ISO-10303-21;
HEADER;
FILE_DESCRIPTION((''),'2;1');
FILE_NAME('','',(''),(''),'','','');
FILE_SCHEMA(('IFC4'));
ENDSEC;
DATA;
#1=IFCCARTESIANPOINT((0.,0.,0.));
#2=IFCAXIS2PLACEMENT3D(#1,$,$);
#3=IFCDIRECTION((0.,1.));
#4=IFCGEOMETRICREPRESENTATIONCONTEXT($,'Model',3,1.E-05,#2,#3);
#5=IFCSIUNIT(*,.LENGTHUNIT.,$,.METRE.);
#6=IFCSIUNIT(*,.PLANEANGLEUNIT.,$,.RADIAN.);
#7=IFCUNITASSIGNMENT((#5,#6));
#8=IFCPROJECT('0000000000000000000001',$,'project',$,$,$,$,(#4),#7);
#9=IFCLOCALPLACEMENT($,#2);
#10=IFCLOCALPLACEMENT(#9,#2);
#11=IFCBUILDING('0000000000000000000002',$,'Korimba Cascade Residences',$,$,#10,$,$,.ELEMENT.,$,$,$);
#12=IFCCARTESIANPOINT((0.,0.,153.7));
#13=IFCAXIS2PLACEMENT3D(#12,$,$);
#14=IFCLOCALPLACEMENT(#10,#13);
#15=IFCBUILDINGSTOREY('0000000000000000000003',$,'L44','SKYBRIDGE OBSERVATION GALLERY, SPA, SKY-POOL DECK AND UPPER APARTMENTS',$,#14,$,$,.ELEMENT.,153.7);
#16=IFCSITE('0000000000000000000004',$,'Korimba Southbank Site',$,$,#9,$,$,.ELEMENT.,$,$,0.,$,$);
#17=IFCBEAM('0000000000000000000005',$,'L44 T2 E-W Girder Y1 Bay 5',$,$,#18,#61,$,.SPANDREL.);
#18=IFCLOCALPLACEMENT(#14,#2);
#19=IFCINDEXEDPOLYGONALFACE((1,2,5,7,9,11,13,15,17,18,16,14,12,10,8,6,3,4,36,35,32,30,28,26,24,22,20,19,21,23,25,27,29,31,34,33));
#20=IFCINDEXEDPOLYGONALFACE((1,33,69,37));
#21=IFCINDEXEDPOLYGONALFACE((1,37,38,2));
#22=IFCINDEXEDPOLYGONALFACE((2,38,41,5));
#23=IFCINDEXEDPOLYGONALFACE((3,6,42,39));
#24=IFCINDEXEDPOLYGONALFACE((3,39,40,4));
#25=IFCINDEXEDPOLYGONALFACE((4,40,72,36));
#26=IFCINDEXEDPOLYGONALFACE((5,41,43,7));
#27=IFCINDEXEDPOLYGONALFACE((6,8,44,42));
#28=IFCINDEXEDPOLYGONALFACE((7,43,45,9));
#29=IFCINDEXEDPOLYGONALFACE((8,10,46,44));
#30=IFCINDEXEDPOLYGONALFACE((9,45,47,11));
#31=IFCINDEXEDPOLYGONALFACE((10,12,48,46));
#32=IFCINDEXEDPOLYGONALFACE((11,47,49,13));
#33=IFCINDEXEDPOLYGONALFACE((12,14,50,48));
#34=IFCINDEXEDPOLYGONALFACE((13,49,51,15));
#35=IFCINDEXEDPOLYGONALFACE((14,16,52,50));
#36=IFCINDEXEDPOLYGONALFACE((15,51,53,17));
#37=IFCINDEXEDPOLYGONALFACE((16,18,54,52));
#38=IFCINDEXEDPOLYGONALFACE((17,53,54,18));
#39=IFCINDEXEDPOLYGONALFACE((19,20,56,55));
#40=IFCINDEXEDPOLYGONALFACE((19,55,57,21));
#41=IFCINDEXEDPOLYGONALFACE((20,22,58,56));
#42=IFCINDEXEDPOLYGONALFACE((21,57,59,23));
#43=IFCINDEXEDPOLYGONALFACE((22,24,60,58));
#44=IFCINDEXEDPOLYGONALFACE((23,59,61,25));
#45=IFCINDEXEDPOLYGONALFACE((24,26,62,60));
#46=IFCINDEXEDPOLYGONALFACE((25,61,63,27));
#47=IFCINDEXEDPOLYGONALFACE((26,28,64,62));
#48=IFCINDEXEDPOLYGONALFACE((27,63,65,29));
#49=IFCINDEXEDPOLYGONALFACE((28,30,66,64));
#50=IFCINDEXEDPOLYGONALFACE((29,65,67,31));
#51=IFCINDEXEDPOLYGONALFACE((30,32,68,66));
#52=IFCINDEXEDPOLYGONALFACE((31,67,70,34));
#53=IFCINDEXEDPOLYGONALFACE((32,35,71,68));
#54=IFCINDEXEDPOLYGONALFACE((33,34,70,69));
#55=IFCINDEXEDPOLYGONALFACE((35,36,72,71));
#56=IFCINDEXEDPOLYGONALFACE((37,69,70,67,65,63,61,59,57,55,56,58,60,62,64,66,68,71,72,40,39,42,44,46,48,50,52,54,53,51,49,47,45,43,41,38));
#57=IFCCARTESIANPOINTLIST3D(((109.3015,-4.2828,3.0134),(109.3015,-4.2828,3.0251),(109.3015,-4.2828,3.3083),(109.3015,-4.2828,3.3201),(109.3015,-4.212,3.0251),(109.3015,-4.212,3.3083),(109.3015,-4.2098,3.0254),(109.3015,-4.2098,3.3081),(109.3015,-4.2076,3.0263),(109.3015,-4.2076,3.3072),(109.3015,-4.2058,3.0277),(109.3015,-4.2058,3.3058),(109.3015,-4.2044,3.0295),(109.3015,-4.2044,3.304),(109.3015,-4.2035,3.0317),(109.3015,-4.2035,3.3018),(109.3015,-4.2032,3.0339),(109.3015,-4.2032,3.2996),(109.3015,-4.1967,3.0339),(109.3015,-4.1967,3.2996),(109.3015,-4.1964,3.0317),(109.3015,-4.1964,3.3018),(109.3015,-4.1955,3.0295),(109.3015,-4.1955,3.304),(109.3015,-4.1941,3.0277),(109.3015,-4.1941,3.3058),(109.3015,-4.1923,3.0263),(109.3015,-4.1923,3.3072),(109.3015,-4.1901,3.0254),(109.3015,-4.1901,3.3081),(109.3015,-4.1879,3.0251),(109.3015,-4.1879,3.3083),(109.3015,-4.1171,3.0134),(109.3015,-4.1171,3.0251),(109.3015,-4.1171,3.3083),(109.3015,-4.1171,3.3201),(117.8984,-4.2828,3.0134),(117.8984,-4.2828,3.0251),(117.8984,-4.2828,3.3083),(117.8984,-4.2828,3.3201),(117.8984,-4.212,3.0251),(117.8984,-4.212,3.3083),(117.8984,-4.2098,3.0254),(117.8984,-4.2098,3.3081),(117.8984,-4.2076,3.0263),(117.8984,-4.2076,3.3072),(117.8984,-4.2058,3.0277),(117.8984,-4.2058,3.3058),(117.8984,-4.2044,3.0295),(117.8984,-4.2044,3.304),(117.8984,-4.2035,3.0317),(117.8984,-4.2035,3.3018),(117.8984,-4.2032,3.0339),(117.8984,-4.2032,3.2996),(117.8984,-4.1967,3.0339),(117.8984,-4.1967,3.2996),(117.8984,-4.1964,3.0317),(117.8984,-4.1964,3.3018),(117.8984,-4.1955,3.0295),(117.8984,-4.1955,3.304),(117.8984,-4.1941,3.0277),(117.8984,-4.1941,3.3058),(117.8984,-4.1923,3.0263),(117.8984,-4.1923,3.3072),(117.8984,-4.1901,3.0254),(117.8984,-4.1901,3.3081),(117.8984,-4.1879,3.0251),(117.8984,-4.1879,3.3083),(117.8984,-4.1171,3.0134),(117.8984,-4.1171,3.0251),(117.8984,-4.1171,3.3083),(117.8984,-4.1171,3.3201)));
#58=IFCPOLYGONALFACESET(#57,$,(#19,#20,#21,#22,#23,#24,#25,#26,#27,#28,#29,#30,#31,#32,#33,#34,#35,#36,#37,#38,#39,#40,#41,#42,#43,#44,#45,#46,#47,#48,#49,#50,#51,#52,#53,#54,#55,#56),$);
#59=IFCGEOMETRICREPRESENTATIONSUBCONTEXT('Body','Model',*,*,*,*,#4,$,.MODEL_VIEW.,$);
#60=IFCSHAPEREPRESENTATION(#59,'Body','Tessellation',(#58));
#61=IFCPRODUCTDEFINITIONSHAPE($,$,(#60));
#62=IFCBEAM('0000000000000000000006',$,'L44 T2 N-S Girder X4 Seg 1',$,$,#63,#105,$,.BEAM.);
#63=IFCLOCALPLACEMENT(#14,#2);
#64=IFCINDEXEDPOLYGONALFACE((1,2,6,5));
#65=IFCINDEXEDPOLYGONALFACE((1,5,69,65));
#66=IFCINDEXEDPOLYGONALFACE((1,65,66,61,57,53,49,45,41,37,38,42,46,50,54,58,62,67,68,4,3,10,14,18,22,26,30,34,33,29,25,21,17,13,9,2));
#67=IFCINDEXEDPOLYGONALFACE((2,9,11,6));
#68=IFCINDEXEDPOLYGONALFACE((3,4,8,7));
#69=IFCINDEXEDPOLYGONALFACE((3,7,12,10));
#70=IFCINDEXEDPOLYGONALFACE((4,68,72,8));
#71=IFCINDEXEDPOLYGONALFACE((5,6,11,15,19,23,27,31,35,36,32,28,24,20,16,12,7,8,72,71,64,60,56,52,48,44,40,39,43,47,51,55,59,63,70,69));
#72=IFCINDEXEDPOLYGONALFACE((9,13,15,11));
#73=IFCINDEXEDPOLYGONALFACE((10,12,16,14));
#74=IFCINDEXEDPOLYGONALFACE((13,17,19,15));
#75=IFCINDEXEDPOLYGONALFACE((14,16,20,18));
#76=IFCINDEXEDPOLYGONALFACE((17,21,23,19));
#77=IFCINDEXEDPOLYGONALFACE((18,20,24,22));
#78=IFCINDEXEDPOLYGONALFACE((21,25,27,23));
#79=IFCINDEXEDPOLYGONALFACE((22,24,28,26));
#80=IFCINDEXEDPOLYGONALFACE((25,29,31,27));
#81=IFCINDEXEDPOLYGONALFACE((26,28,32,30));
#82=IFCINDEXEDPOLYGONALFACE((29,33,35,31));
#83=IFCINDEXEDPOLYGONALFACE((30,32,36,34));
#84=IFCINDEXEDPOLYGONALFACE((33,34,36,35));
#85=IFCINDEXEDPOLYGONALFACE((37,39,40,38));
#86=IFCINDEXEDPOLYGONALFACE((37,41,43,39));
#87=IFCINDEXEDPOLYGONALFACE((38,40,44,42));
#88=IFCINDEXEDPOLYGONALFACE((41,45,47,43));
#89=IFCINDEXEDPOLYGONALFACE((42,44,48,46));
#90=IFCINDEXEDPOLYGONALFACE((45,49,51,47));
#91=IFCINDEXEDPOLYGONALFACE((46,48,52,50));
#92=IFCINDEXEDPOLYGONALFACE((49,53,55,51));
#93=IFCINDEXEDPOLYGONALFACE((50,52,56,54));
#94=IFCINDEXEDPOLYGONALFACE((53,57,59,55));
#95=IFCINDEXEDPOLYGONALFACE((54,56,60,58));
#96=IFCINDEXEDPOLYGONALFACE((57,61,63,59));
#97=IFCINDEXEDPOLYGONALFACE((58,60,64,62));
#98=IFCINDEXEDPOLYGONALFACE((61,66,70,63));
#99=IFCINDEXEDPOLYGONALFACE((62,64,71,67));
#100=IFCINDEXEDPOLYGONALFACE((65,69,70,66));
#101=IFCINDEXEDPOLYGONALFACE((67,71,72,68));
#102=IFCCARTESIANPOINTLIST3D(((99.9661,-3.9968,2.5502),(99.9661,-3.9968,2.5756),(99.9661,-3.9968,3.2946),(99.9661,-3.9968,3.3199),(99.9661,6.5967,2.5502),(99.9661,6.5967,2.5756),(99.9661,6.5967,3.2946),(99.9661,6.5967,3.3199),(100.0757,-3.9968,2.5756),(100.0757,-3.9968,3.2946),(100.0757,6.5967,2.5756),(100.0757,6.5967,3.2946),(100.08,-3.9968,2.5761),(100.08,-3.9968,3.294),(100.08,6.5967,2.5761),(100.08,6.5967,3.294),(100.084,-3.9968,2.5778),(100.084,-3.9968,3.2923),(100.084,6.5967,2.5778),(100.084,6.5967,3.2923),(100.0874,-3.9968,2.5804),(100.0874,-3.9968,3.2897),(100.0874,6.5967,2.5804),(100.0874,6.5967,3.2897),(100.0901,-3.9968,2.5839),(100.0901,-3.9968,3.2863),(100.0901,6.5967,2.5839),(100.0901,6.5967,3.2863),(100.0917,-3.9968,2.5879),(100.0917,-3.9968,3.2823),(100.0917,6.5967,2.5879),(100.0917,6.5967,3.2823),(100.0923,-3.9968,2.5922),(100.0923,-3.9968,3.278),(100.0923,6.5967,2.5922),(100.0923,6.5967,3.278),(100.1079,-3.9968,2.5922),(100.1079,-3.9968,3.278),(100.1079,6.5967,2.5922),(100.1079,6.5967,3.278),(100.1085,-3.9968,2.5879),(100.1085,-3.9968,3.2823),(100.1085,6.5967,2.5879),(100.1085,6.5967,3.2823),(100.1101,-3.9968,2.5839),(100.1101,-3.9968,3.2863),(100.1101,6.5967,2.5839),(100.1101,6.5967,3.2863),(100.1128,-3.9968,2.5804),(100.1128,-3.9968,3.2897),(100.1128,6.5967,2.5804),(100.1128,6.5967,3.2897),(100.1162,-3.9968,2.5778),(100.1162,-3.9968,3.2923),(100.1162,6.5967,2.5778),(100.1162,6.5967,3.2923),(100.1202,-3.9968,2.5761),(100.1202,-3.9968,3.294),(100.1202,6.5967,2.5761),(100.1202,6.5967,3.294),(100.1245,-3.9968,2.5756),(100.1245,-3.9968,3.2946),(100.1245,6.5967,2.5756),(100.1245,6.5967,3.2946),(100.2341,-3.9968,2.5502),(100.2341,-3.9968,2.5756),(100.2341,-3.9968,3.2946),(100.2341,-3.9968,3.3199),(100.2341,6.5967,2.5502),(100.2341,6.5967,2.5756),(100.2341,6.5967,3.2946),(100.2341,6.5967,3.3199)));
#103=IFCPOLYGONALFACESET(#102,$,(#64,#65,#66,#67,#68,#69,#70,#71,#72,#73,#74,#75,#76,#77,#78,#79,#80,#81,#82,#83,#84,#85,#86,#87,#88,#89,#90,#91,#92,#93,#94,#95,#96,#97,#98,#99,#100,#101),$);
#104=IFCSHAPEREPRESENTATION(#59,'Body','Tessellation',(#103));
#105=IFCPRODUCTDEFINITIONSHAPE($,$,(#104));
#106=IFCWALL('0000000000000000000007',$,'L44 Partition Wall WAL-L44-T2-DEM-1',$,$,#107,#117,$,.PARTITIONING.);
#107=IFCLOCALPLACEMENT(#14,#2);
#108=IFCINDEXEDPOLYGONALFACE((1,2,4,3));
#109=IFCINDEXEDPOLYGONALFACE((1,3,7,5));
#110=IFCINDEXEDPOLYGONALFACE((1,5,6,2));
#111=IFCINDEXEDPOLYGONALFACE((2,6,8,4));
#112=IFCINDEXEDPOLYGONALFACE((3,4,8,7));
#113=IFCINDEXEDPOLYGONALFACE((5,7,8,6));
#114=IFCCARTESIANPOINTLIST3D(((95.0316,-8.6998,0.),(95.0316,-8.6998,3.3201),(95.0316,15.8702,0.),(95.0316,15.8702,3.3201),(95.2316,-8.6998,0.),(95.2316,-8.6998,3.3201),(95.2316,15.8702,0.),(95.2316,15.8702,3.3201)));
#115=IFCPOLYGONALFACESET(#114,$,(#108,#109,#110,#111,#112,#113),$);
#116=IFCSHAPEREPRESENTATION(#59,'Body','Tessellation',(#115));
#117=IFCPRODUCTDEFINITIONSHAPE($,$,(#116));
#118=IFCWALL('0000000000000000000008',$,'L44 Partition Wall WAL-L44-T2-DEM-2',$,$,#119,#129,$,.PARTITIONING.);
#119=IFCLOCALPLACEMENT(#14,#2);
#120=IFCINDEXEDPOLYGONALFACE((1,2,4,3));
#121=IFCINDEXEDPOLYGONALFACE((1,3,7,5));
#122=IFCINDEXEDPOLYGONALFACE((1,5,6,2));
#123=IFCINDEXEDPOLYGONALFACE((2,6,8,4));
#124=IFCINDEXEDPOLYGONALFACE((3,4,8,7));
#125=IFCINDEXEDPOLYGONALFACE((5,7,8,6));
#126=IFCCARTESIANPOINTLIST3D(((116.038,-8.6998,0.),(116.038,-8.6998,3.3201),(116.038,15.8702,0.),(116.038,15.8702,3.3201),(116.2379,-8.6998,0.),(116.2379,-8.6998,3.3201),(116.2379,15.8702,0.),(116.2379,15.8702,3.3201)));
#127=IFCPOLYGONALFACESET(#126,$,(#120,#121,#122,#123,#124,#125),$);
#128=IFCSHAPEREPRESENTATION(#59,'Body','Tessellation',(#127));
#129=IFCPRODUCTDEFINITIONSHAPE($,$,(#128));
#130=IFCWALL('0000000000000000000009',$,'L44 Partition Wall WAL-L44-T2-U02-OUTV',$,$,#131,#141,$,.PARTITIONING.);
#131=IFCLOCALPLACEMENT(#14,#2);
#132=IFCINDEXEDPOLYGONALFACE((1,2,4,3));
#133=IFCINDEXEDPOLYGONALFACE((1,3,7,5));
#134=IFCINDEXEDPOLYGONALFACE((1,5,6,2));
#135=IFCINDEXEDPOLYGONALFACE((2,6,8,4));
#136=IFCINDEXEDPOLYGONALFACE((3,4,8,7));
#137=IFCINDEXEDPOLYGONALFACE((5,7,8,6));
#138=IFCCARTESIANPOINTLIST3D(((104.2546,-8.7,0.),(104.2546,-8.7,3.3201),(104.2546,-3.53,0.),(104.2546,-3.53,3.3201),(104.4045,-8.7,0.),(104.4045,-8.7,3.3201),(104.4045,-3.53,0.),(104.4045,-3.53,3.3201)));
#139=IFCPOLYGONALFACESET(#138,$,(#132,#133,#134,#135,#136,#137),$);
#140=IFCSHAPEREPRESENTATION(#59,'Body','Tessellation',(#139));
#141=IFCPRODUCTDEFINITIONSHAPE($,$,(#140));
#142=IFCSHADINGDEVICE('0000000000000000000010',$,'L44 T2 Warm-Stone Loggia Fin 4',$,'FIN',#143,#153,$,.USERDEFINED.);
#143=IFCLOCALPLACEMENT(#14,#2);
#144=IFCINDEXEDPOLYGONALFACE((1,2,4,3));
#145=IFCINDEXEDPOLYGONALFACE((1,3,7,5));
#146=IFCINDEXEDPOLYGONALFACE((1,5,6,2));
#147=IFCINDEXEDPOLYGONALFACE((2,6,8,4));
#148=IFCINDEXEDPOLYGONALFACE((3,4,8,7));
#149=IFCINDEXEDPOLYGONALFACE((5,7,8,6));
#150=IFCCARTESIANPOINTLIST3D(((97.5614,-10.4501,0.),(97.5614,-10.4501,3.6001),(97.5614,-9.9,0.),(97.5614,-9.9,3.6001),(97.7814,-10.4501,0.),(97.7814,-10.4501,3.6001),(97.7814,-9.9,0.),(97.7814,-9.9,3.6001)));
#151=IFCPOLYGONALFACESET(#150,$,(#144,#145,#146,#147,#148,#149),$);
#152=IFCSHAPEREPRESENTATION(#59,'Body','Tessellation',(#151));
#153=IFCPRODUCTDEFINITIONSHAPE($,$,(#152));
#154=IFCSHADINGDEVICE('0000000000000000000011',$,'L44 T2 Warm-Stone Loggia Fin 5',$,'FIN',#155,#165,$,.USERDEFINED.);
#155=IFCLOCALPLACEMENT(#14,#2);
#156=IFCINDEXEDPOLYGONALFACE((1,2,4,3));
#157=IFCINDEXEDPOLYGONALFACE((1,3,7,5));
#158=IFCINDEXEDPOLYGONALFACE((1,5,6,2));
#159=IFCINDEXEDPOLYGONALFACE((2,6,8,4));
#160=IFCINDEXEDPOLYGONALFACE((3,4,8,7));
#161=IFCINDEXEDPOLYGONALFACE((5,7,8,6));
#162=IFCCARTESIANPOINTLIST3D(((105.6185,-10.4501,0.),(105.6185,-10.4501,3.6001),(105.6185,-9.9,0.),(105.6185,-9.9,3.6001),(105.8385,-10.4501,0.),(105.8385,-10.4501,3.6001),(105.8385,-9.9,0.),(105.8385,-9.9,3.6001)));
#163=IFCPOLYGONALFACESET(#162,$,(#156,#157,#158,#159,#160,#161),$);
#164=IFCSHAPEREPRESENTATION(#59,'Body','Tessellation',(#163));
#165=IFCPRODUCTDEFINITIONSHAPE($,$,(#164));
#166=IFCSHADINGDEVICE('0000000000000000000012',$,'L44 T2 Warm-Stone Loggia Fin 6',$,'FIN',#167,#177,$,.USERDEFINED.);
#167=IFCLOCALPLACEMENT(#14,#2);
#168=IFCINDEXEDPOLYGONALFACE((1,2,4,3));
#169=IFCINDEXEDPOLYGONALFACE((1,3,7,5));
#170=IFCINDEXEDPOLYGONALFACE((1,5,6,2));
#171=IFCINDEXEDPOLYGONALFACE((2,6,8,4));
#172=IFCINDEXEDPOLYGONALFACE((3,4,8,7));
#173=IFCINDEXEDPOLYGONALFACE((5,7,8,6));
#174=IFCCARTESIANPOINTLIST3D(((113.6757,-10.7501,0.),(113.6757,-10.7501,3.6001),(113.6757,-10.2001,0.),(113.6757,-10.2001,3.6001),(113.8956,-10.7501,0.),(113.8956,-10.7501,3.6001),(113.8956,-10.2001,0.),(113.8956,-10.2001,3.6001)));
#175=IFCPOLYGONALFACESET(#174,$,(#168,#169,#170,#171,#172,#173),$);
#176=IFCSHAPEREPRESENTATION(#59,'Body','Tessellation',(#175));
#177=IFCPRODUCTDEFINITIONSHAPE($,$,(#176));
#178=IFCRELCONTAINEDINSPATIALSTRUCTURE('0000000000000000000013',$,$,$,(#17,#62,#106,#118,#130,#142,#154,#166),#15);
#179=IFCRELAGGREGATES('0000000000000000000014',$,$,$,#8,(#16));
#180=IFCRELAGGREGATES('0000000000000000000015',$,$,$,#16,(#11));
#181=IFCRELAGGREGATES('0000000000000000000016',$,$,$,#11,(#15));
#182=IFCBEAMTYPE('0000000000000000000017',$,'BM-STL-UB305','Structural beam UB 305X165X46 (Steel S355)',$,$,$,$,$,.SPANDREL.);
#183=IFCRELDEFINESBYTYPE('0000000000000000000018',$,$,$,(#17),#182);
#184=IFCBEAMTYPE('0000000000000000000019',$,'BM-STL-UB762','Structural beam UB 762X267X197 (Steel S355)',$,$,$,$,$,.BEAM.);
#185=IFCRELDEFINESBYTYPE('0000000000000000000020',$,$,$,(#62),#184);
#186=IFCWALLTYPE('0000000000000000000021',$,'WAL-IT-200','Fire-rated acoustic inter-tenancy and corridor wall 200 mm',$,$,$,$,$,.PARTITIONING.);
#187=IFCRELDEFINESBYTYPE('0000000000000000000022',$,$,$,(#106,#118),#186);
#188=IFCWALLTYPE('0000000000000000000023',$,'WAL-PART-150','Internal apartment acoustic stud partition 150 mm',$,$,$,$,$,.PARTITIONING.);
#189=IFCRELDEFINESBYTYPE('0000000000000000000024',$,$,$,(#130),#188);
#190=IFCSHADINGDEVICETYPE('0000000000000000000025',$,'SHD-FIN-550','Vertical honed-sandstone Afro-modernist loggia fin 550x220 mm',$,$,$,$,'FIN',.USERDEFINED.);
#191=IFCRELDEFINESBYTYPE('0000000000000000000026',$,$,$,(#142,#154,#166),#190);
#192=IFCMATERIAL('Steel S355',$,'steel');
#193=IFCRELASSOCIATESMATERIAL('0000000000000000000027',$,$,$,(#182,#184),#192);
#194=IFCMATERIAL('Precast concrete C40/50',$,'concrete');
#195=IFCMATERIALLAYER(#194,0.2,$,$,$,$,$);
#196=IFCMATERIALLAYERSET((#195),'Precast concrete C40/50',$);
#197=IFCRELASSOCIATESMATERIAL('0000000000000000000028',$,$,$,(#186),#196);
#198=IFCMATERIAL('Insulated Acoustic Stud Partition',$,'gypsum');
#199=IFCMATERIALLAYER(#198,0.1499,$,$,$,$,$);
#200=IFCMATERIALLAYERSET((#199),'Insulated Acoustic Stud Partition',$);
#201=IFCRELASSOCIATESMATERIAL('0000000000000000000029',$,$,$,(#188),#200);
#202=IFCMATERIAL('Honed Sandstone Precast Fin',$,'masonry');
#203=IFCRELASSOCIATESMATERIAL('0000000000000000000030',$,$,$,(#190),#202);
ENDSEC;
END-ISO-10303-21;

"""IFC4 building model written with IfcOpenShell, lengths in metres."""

from ifc_helpers import new_model, si_unit, direction, frame, frame_2d, origin, origin_2d, place, context, subcontext, project, spatial, rectangle, i_section, extrude, material, layer, layer_set, material_profile, profile_set, type_object, element, save


model = new_model("IFC4")

# Units and contexts
model_context = context("Model", 3, precision=1e-05, world=origin(), true_north=direction((0.0, 1.0)))
body_context = subcontext(model_context, "Body", "Model", "MODEL_VIEW")
ifc_project = project(units=[si_unit("LENGTHUNIT", "METRE"), si_unit("PLANEANGLEUNIT", "RADIAN")], contexts=[model_context])

# Site, building, storey
site_placement = place(None, origin())
site = spatial("IfcSite", under=ifc_project, at=site_placement, Name="Korimba Southbank Site", CompositionType="ELEMENT", RefElevation=0.0)
building_placement = place(site_placement, origin())
building = spatial("IfcBuilding", under=site, at=building_placement, Name="Korimba Cascade Residences", CompositionType="ELEMENT")
storey_placement = place(building_placement, frame((0.0, 0.0, 153.7)))
storey = spatial("IfcBuildingStorey", under=building, at=storey_placement, Name="L44", Description="SKYBRIDGE OBSERVATION GALLERY, SPA, SKY-POOL DECK AND UPPER APARTMENTS", CompositionType="ELEMENT", Elevation=153.7)

# Beams
ifc_material_1 = material(Name="Steel S355", Category="steel")
ifc_material_profile_1 = material_profile(ifc_material_1, i_section(OverallWidth=0.1658, OverallDepth=0.3066, WebThickness=0.0066, FlangeThickness=0.0117, FilletRadius=0.0088, at=origin_2d()), Name="Steel S355")
ifc_profile_set_1 = profile_set([ifc_material_profile_1], Name="Steel S355")
beam_type_1 = type_object("IfcBeamType", Name="BM-STL-UB305", Description="Structural beam UB 305X165X46 (Steel S355)", PredefinedType="SPANDREL", material=ifc_profile_set_1)
for number, where, z_axis, x_axis, name in (
    (1, (109.3015, -4.2, 3.1667), (1.0, 0.0, 0.0), (0.0, 1.0, 0.0), "L44 T2 E-W Girder Y1 Bay 5"),
):
    element("IfcBeam", number, at=place(storey_placement, frame(where, z_axis=z_axis, x_axis=x_axis)), inside=storey, type_object=beam_type_1, Name=name, PredefinedType="SPANDREL", context=body_context, shape_type="SweptSolid", body=[
        extrude(i_section(OverallWidth=0.1658, OverallDepth=0.3066, WebThickness=0.0066, FlangeThickness=0.0117, FilletRadius=0.0088, at=origin_2d()), origin(), (0.0, 0.0, 1.0), 8.5969),
    ])
ifc_material_profile_2 = material_profile(ifc_material_1, i_section(OverallWidth=0.2681, OverallDepth=0.7698, WebThickness=0.0156, FlangeThickness=0.0254, FilletRadius=0.0166, at=origin_2d()), Name="Steel S355")
ifc_profile_set_2 = profile_set([ifc_material_profile_2], Name="Steel S355")
beam_type_2 = type_object("IfcBeamType", Name="BM-STL-UB762", Description="Structural beam UB 762X267X197 (Steel S355)", PredefinedType="BEAM", material=ifc_profile_set_2)
beam_placement = place(storey_placement, frame((100.1001, -3.9968, 2.9351), z_axis=(0.0, 1.0, 0.0), x_axis=(-1.0, 0.0, 0.0)))
element("IfcBeam", 2, at=beam_placement, inside=storey, type_object=beam_type_2, Name="L44 T2 N-S Girder X4 Seg 1", PredefinedType="BEAM", context=body_context, shape_type="SweptSolid", body=[
    extrude(i_section(OverallWidth=0.2681, OverallDepth=0.7698, WebThickness=0.0156, FlangeThickness=0.0254, FilletRadius=0.0166, at=origin_2d()), origin(), (0.0, 0.0, 1.0), 10.5935),
])

# Walls
ifc_material_2 = material(Name="Precast concrete C40/50", Category="concrete")
ifc_layer_1 = layer(ifc_material_2, 0.2)
ifc_layer_set_1 = layer_set([ifc_layer_1], Name="Precast concrete C40/50")
wall_type_1 = type_object("IfcWallType", Name="WAL-IT-200", Description="Fire-rated acoustic inter-tenancy and corridor wall 200 mm", PredefinedType="PARTITIONING", material=ifc_layer_set_1)
for number, where, z_axis, x_axis, name in (
    (3, (95.1316, -8.7, 0.0), (0.0, 0.0, 1.0), (0.0, 1.0, 0.0), "L44 Partition Wall WAL-L44-T2-DEM-1"),
    (4, (116.1379, -8.7, 0.0), (0.0, 0.0, 1.0), (0.0, 1.0, 0.0), "L44 Partition Wall WAL-L44-T2-DEM-2"),
):
    element("IfcWall", number, at=place(storey_placement, frame(where, z_axis=z_axis, x_axis=x_axis)), inside=storey, type_object=wall_type_1, Name=name, PredefinedType="PARTITIONING", context=body_context, shape_type="SweptSolid", body=[
        extrude(rectangle(XDim=24.5701, YDim=0.2, at=frame_2d((12.2852, 0.0))), origin(), (0.0, 0.0, 1.0), 3.3201),
    ])
ifc_material_3 = material(Name="Insulated Acoustic Stud Partition", Category="gypsum")
ifc_layer_2 = layer(ifc_material_3, 0.1499)
ifc_layer_set_2 = layer_set([ifc_layer_2], Name="Insulated Acoustic Stud Partition")
wall_type_2 = type_object("IfcWallType", Name="WAL-PART-150", Description="Internal apartment acoustic stud partition 150 mm", PredefinedType="PARTITIONING", material=ifc_layer_set_2)
wall_placement = place(storey_placement, frame((104.3296, -8.7, 0.0), z_axis=(0.0, 0.0, 1.0), x_axis=(0.0, 1.0, 0.0)))
element("IfcWall", 5, at=wall_placement, inside=storey, type_object=wall_type_2, Name="L44 Partition Wall WAL-L44-T2-U02-OUTV", PredefinedType="PARTITIONING", context=body_context, shape_type="SweptSolid", body=[
    extrude(rectangle(XDim=5.1699, YDim=0.1499, at=frame_2d((2.585, 0.0))), origin(), (0.0, 0.0, 1.0), 3.3201),
])

# Shading devices
ifc_material_4 = material(Name="Honed Sandstone Precast Fin", Category="masonry")
shading_device_type = type_object("IfcShadingDeviceType", Name="SHD-FIN-550", Description="Vertical honed-sandstone Afro-modernist loggia fin 550x220 mm", ElementType="FIN", PredefinedType="USERDEFINED", material=ifc_material_4)
for number, where, z_axis, x_axis, name in (
    (6, (97.6714, -10.175, 0.0), (0.0, 0.0, 1.0), (1.0, 0.0, 0.0), "L44 T2 Warm-Stone Loggia Fin 4"),
    (7, (105.7285, -10.175, 0.0), (0.0, 0.0, 1.0), (1.0, 0.0, 0.0), "L44 T2 Warm-Stone Loggia Fin 5"),
    (8, (113.7856, -10.4751, 0.0), (0.0, 0.0, 1.0), (1.0, 0.0, 0.0), "L44 T2 Warm-Stone Loggia Fin 6"),
):
    element("IfcShadingDevice", number, at=place(storey_placement, frame(where, z_axis=z_axis, x_axis=x_axis)), inside=storey, type_object=shading_device_type, Name=name, ObjectType="FIN", PredefinedType="USERDEFINED", context=body_context, shape_type="SweptSolid", body=[
        extrude(rectangle(XDim=0.22, YDim=0.55, at=origin_2d()), origin(), (0.0, 0.0, 1.0), 3.6001),
    ])

save(model, "model.ifc")
